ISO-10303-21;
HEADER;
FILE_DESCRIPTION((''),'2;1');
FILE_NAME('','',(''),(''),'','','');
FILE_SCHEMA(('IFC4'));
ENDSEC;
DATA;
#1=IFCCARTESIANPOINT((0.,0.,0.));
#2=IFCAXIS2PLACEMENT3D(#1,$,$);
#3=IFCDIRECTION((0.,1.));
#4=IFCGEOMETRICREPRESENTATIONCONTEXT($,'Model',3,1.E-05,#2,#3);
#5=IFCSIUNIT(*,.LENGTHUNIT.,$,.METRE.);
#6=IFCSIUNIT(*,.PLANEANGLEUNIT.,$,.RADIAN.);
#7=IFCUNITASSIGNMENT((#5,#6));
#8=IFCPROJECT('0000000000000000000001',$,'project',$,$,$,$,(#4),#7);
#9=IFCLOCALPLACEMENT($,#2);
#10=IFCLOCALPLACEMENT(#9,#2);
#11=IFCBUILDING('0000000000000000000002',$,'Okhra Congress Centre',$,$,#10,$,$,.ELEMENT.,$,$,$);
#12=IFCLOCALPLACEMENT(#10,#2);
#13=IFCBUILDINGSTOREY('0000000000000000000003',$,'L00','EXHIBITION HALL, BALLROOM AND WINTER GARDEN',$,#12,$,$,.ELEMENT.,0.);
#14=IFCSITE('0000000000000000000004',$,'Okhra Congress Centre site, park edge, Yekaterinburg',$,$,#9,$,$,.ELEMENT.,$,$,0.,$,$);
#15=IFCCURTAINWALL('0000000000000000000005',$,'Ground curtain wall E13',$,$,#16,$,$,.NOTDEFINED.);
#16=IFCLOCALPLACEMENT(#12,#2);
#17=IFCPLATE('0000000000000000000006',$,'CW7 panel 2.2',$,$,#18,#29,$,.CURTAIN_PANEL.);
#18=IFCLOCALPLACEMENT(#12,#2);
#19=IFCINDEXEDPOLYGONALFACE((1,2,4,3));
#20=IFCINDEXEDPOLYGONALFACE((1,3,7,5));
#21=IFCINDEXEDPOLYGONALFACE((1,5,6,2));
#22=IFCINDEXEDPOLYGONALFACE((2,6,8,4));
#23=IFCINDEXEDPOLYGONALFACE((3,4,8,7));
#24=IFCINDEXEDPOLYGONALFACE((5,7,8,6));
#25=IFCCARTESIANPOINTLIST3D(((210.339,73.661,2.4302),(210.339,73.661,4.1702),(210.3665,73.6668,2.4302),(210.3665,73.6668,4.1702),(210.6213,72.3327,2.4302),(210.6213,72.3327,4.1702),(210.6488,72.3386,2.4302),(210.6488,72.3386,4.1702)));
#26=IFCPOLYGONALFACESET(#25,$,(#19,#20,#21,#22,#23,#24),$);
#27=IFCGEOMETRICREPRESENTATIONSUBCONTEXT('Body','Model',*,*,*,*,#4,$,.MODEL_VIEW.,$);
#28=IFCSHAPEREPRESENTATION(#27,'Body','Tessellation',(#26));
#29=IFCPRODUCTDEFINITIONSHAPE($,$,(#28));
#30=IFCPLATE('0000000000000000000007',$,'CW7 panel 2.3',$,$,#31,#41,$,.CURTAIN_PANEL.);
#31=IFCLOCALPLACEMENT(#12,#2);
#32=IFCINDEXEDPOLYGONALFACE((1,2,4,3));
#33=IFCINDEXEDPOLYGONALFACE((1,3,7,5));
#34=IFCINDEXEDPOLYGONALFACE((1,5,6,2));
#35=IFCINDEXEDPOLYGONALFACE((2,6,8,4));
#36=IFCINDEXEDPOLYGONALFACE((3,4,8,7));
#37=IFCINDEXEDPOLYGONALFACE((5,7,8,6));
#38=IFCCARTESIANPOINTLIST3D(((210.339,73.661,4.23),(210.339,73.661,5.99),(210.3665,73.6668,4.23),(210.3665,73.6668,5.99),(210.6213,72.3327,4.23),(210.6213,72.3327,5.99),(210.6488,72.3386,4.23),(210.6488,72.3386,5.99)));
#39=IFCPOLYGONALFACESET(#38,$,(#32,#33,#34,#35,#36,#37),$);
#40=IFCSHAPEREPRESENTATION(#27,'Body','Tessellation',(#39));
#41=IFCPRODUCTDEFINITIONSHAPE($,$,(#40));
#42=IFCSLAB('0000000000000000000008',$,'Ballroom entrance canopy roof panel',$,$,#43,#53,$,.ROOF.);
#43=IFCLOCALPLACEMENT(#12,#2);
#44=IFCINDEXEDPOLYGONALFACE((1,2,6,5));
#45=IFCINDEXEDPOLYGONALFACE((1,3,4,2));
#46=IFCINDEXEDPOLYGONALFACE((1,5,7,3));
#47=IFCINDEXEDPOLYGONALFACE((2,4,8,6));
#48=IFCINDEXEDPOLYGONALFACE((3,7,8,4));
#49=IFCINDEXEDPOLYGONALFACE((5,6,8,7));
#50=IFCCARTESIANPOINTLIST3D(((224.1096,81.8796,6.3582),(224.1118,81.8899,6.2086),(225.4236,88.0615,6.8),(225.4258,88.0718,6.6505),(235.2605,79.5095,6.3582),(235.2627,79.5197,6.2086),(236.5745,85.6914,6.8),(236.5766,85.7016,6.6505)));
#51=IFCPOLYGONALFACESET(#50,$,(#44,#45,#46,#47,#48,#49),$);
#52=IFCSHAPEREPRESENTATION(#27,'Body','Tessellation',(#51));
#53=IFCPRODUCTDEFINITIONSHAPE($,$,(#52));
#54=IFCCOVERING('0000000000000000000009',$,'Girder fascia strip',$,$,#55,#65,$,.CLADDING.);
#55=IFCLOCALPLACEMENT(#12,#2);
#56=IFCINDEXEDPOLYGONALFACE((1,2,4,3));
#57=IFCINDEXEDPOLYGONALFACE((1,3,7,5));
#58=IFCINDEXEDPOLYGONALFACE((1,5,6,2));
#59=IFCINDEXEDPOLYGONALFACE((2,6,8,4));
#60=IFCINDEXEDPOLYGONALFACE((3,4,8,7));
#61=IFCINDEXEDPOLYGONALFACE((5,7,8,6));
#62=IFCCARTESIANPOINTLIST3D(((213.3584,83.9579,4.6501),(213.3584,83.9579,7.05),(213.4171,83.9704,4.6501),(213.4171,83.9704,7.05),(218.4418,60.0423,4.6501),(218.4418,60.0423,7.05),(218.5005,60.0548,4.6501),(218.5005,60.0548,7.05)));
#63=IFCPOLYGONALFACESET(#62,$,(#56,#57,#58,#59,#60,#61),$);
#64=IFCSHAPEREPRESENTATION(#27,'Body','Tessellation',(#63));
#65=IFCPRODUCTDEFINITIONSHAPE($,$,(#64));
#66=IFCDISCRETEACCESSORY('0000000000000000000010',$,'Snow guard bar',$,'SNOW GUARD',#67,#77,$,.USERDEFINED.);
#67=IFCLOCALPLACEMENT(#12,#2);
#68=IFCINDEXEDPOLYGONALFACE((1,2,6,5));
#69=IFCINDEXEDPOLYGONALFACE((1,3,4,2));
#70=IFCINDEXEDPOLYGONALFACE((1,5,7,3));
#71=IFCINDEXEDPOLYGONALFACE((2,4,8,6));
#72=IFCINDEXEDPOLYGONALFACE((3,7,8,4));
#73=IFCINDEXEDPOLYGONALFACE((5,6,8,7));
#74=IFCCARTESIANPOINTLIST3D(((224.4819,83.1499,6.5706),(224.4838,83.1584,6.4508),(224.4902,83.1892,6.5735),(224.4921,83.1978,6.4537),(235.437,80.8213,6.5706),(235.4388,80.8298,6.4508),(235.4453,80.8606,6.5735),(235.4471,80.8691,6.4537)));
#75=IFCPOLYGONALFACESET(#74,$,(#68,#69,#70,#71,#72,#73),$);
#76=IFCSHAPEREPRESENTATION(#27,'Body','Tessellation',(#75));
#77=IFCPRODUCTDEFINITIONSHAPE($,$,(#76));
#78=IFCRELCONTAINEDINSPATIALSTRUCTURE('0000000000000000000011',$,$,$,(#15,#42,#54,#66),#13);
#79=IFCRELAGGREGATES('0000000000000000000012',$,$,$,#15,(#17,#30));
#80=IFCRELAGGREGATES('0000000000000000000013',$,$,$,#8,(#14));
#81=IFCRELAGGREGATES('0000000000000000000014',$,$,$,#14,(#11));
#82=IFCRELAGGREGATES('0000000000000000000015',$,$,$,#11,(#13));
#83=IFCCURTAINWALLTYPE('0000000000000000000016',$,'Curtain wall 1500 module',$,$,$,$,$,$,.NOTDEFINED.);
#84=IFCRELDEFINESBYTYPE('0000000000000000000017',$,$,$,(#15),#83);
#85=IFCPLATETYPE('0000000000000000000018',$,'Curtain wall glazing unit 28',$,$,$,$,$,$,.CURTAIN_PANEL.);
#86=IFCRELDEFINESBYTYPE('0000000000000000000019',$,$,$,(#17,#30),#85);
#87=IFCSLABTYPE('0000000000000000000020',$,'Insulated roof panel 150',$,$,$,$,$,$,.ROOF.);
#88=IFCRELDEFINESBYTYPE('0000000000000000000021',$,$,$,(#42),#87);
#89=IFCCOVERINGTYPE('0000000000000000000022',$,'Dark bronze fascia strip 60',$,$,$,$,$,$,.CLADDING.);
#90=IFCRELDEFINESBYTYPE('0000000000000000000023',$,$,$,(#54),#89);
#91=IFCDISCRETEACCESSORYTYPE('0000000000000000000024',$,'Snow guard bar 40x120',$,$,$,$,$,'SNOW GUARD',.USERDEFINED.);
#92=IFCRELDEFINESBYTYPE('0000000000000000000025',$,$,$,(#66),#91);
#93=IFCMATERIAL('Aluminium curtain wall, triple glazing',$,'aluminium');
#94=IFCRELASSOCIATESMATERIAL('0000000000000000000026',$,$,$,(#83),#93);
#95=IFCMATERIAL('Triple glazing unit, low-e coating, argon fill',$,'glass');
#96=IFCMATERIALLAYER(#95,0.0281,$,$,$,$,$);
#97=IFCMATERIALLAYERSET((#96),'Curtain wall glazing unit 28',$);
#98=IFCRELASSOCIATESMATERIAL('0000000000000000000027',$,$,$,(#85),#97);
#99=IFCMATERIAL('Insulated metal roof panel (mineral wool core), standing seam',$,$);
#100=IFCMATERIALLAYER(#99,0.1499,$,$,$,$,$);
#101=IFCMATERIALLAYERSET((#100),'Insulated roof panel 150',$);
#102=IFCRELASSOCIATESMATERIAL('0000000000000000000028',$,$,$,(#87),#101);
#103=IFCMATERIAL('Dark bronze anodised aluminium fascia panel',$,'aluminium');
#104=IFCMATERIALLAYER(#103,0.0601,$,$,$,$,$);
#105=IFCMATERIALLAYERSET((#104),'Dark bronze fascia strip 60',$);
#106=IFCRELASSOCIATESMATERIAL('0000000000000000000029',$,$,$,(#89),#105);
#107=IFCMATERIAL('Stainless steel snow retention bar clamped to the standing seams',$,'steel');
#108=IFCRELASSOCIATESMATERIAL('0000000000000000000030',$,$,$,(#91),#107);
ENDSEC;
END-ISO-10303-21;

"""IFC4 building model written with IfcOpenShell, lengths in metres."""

from ifc_helpers import new_model, si_unit, direction, frame, origin, origin_2d, place, context, subcontext, project, spatial, polyline, rectangle, outline, extrude, material, layer, layer_set, type_object, element, aggregate, save


model = new_model("IFC4")

# Units and contexts
model_context = context("Model", 3, precision=1e-05, world=origin(), true_north=direction((0.0, 1.0)))
body_context = subcontext(model_context, "Body", "Model", "MODEL_VIEW")
ifc_project = project(units=[si_unit("LENGTHUNIT", "METRE"), si_unit("PLANEANGLEUNIT", "RADIAN")], contexts=[model_context])

# Site, building, storey
site_placement = place(None, origin())
site = spatial("IfcSite", under=ifc_project, at=site_placement, Name="Okhra Congress Centre site, park edge, Yekaterinburg", CompositionType="ELEMENT", RefElevation=0.0)
building_placement = place(site_placement, origin())
building = spatial("IfcBuilding", under=site, at=building_placement, Name="Okhra Congress Centre", CompositionType="ELEMENT")
storey_placement = place(building_placement, origin())
storey = spatial("IfcBuildingStorey", under=building, at=storey_placement, Name="L00", Description="EXHIBITION HALL, BALLROOM AND WINTER GARDEN", CompositionType="ELEMENT", Elevation=0.0)

# Curtain wall
ifc_material_1 = material(Name="Aluminium curtain wall, triple glazing", Category="aluminium")
curtain_wall_type = type_object("IfcCurtainWallType", Name="Curtain wall 1500 module", PredefinedType="NOTDEFINED", material=ifc_material_1)
curtain_wall_placement = place(storey_placement, origin())
curtain_wall = element("IfcCurtainWall", 1, at=curtain_wall_placement, inside=storey, type_object=curtain_wall_type, Name="Ground curtain wall E13", PredefinedType="NOTDEFINED")

# Plates
ifc_material_2 = material(Name="Triple glazing unit, low-e coating, argon fill", Category="glass")
ifc_layer_1 = layer(ifc_material_2, 0.0281)
ifc_layer_set_1 = layer_set([ifc_layer_1], Name="Curtain wall glazing unit 28")
plate_type = type_object("IfcPlateType", Name="Curtain wall glazing unit 28", PredefinedType="CURTAIN_PANEL", material=ifc_layer_set_1)
plate_1_placement = place(storey_placement, frame((210.4939, 72.9998, 2.4302), z_axis=(0.0, 0.0, 1.0), x_axis=(-0.207912, 0.978148, 0.0)))
plate_1 = element("IfcPlate", 2, at=plate_1_placement, type_object=plate_type, Name="CW7 panel 2.2", PredefinedType="CURTAIN_PANEL", context=body_context, shape_type="SweptSolid", body=[
    extrude(rectangle(XDim=1.3579, YDim=0.0281, at=origin_2d()), origin(), (0.0, 0.0, 1.0), 1.74),
])
plate_2_placement = place(storey_placement, frame((210.4939, 72.9998, 4.23), z_axis=(0.0, 0.0, 1.0), x_axis=(-0.207912, 0.978148, 0.0)))
plate_2 = element("IfcPlate", 3, at=plate_2_placement, type_object=plate_type, Name="CW7 panel 2.3", PredefinedType="CURTAIN_PANEL", context=body_context, shape_type="SweptSolid", body=[
    extrude(rectangle(XDim=1.3579, YDim=0.0281, at=origin_2d()), origin(), (0.0, 0.0, 1.0), 1.76),
])
aggregate(curtain_wall, [plate_1, plate_2])

# Slab
ifc_material_3 = material(Name="Insulated metal roof panel (mineral wool core), standing seam")
ifc_layer_2 = layer(ifc_material_3, 0.1499)
ifc_layer_set_2 = layer_set([ifc_layer_2], Name="Insulated roof panel 150")
slab_type = type_object("IfcSlabType", Name="Insulated roof panel 150", PredefinedType="ROOF", material=ifc_layer_set_2)
slab_placement = place(storey_placement, frame((224.1096, 81.8796, 6.3582), z_axis=(-0.014501, -0.068226, 0.997565), x_axis=(0.978149, -0.207905, 0.0)))
element("IfcSlab", 4, at=slab_placement, inside=storey, type_object=slab_type, Name="Ballroom entrance canopy roof panel", PredefinedType="ROOF", context=body_context, shape_type="SweptSolid", body=[
    extrude(outline(polyline([(0.0, 0.0), (11.4, 0.0), (11.4, 6.3354), (0.0, 6.3354), (0.0, 0.0)])), origin(), (0.0, 0.0, -1.0), 0.1499),
])

# Covering
ifc_material_4 = material(Name="Dark bronze anodised aluminium fascia panel", Category="aluminium")
ifc_layer_3 = layer(ifc_material_4, 0.0601)
ifc_layer_set_3 = layer_set([ifc_layer_3], Name="Dark bronze fascia strip 60")
covering_type = type_object("IfcCoveringType", Name="Dark bronze fascia strip 60", PredefinedType="CLADDING", material=ifc_layer_set_3)
covering_placement = place(storey_placement, frame((215.9294, 72.0063, 4.6501), z_axis=(0.0, 0.0, 1.0), x_axis=(0.978148, 0.207912, 0.0)))
element("IfcCovering", 5, at=covering_placement, inside=storey, type_object=covering_type, Name="Girder fascia strip", PredefinedType="CLADDING", context=body_context, shape_type="SweptSolid", body=[
    extrude(rectangle(XDim=0.0601, YDim=24.45, at=origin_2d()), origin(), (0.0, 0.0, 1.0), 2.3999),
])

# Discrete accessory
ifc_material_5 = material(Name="Stainless steel snow retention bar clamped to the standing seams", Category="steel")
discrete_accessory_type = type_object("IfcDiscreteAccessoryType", Name="Snow guard bar 40x120", ElementType="SNOW GUARD", PredefinedType="USERDEFINED", material=ifc_material_5)
discrete_accessory_placement = place(storey_placement, frame((224.4819, 83.1499, 6.5706), z_axis=(-0.015122, -0.071143, 0.997351), x_axis=(0.978147, -0.207915, 0.0)))
element("IfcDiscreteAccessory", 6, at=discrete_accessory_placement, inside=storey, type_object=discrete_accessory_type, Name="Snow guard bar", ObjectType="SNOW GUARD", PredefinedType="USERDEFINED", context=body_context, shape_type="SweptSolid", body=[
    extrude(outline(polyline([(0.0, 0.0), (11.1998, 0.0), (11.1998, 0.0403), (-0.0001, 0.0403), (0.0, 0.0)])), origin(), (0.0, 0.0, -1.0), 0.1201),
])

save(model, "model.ifc")
